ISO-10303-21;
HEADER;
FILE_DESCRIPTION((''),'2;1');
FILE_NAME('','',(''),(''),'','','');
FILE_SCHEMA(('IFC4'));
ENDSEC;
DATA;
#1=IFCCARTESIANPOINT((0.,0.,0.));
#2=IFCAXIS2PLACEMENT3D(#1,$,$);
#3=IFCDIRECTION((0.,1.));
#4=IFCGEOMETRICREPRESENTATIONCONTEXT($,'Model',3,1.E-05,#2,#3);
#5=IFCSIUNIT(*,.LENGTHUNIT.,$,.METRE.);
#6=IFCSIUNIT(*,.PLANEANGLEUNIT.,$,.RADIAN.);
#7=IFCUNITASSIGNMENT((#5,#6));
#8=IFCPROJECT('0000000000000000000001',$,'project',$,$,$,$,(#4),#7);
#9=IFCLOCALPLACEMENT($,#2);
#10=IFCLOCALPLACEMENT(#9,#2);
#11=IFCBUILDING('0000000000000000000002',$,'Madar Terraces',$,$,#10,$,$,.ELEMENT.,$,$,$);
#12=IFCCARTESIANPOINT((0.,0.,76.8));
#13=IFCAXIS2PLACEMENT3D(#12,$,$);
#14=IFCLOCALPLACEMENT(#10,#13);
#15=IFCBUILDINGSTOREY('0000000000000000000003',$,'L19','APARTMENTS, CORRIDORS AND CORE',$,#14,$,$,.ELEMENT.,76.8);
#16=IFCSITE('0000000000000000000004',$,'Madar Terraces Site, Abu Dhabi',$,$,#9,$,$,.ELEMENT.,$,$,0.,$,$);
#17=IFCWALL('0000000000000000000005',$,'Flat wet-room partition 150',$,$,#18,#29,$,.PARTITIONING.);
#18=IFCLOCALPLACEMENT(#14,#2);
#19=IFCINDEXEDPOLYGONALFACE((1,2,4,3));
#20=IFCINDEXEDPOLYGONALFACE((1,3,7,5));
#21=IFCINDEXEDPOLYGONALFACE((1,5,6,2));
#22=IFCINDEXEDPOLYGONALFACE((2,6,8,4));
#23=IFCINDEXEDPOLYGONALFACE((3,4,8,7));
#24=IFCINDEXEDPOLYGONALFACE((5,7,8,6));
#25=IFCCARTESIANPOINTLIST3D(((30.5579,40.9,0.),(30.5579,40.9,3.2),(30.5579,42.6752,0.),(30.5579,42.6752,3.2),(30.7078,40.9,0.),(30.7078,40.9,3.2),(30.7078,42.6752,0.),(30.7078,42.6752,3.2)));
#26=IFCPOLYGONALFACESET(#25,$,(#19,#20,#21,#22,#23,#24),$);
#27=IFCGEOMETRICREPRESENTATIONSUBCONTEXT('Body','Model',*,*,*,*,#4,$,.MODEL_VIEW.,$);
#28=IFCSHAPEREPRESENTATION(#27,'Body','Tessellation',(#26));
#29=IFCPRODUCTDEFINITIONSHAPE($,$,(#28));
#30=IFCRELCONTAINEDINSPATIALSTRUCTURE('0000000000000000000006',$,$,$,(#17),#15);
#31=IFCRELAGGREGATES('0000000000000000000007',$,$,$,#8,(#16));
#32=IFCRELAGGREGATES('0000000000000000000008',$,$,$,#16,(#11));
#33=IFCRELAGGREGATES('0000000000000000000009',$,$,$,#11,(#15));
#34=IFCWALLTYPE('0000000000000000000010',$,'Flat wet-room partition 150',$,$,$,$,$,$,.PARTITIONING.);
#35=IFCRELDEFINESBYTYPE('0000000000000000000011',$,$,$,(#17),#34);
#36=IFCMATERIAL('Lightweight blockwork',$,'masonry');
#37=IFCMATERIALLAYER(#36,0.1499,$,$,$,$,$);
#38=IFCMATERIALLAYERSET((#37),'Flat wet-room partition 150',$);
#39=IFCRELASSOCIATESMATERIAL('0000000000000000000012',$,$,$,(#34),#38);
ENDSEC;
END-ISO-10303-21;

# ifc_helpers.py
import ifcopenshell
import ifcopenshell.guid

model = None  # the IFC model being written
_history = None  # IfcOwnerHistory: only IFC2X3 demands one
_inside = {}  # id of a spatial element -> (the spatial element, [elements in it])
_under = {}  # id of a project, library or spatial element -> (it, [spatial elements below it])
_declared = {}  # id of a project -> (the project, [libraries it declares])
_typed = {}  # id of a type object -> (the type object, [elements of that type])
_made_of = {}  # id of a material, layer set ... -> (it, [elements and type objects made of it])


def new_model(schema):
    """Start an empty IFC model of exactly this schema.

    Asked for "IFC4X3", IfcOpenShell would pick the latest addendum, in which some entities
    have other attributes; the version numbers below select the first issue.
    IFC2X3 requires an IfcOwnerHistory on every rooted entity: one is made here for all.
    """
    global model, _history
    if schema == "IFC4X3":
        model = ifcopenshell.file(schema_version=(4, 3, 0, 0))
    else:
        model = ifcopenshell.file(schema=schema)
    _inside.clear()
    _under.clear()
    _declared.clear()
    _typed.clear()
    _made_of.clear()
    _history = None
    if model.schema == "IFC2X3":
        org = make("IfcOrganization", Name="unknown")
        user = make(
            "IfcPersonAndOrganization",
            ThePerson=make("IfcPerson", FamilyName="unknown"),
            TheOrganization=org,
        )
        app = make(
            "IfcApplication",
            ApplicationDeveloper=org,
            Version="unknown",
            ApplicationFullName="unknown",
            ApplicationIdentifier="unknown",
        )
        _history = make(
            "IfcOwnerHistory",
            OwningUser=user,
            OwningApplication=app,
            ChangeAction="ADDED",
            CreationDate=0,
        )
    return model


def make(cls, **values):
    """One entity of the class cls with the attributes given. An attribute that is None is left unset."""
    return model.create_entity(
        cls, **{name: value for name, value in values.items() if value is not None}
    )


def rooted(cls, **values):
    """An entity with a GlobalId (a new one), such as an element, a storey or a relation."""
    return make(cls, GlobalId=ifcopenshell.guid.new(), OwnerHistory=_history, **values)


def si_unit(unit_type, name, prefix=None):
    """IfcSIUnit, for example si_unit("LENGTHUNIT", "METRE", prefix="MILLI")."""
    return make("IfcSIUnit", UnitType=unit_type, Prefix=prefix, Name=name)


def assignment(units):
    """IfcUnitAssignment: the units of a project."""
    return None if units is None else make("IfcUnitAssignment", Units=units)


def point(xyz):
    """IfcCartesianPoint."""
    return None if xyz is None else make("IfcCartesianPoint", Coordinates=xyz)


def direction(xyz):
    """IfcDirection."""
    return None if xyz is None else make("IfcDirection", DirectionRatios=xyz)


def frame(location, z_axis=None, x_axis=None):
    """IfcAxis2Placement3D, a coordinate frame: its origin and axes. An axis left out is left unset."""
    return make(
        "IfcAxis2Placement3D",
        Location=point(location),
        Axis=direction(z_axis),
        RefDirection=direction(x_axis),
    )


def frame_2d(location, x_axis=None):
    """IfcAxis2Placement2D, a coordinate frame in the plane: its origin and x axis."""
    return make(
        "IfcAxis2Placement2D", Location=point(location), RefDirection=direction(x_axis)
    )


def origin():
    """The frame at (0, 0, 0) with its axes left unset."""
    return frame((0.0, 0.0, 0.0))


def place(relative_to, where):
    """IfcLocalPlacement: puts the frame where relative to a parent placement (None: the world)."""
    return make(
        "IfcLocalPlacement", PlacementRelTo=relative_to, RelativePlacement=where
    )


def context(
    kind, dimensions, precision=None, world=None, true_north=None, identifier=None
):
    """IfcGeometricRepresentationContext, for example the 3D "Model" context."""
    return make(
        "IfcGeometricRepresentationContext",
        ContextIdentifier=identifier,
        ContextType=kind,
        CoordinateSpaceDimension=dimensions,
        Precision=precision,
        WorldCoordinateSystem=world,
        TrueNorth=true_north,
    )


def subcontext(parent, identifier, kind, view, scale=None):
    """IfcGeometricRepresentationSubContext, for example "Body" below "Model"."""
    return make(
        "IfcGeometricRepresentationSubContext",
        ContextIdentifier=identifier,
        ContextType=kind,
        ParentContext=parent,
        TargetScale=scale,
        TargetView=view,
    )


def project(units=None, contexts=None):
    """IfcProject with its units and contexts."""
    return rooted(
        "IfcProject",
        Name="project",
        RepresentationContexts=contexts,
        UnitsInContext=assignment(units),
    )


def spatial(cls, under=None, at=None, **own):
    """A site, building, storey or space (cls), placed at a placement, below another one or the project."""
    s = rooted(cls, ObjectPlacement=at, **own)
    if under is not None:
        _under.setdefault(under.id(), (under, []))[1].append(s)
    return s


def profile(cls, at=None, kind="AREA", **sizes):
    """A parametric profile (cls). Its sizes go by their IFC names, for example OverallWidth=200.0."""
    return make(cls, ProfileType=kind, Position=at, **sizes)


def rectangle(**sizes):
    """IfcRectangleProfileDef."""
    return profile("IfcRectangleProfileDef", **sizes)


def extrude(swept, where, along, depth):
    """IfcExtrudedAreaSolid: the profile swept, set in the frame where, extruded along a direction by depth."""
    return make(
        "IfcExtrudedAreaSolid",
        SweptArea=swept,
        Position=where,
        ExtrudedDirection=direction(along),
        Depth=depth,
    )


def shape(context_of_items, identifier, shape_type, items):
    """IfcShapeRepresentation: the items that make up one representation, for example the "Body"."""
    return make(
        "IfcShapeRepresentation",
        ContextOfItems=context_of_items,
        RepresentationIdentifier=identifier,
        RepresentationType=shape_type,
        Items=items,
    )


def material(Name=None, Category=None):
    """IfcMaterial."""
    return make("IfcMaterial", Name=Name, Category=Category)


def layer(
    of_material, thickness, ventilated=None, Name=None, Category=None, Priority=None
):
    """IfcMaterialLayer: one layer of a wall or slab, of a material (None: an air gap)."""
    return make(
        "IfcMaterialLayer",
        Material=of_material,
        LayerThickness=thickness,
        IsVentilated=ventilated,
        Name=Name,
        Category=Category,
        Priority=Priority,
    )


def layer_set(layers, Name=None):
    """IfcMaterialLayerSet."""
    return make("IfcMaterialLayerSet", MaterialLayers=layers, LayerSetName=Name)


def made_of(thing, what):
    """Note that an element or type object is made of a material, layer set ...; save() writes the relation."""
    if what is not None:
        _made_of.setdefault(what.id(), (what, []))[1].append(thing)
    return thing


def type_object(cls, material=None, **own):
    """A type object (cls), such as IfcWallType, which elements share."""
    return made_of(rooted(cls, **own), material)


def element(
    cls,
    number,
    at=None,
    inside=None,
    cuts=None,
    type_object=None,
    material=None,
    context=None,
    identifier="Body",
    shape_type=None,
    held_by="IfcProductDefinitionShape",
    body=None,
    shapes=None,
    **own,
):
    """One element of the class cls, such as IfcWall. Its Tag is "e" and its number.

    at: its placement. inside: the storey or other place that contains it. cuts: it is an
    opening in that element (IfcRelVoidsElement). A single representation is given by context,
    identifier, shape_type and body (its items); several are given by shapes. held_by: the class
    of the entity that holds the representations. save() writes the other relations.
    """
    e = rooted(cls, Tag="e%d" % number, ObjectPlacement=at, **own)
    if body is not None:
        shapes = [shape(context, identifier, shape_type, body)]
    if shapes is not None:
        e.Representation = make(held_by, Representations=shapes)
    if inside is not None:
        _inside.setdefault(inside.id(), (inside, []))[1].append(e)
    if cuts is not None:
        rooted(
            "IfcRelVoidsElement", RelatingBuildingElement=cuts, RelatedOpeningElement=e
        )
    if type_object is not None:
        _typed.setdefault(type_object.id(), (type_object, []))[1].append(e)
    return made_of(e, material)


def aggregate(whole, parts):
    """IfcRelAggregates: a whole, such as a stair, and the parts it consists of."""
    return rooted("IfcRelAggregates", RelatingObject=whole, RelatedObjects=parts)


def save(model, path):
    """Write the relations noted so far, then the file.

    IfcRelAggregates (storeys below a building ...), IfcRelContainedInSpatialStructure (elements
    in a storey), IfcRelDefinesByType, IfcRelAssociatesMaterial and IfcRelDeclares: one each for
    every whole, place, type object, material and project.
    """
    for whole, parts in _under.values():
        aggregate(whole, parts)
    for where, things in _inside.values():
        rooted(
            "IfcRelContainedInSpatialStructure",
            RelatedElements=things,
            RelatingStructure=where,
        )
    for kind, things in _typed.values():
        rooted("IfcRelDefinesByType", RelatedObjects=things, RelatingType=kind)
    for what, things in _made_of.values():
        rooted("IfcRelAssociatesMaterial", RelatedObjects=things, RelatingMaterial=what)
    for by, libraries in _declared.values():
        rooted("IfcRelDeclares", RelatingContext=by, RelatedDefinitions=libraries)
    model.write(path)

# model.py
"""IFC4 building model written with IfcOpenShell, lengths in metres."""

from ifc_helpers import new_model, si_unit, direction, frame, frame_2d, origin, place, context, subcontext, project, spatial, rectangle, extrude, material, layer, layer_set, type_object, element, save


model = new_model("IFC4")

# Units and contexts
model_context = context("Model", 3, precision=1e-05, world=origin(), true_north=direction((0.0, 1.0)))
body_context = subcontext(model_context, "Body", "Model", "MODEL_VIEW")
ifc_project = project(units=[si_unit("LENGTHUNIT", "METRE"), si_unit("PLANEANGLEUNIT", "RADIAN")], contexts=[model_context])

# Site, building, storey
site_placement = place(None, origin())
site = spatial("IfcSite", under=ifc_project, at=site_placement, Name="Madar Terraces Site, Abu Dhabi", CompositionType="ELEMENT", RefElevation=0.0)
building_placement = place(site_placement, origin())
building = spatial("IfcBuilding", under=site, at=building_placement, Name="Madar Terraces", CompositionType="ELEMENT")
storey_placement = place(building_placement, frame((0.0, 0.0, 76.8)))
storey = spatial("IfcBuildingStorey", under=building, at=storey_placement, Name="L19", Description="APARTMENTS, CORRIDORS AND CORE", CompositionType="ELEMENT", Elevation=76.8)

# Wall
ifc_material_1 = material(Name="Lightweight blockwork", Category="masonry")
ifc_layer_1 = layer(ifc_material_1, 0.1499)
ifc_layer_set_1 = layer_set([ifc_layer_1], Name="Flat wet-room partition 150")
wall_type_1 = type_object("IfcWallType", Name="Flat wet-room partition 150", PredefinedType="PARTITIONING", material=ifc_layer_set_1)
for number, where, z_axis, x_axis, name in (
    (1, (30.6328, 40.8999, 0.0), (0.0, 0.0, 1.0), (0.0, 1.0, 0.0), "Flat wet-room partition 150"),
):
    element("IfcWall", number, at=place(storey_placement, frame(where, z_axis=z_axis, x_axis=x_axis)), inside=storey, type_object=wall_type_1, Name=name, PredefinedType="PARTITIONING", context=body_context, shape_type="SweptSolid", body=[
        extrude(rectangle(XDim=1.7751, YDim=0.1499, at=frame_2d((0.8877, 0.0))), origin(), (0.0, 0.0, 1.0), 3.2),
    ])

save(model, "model.ifc")
